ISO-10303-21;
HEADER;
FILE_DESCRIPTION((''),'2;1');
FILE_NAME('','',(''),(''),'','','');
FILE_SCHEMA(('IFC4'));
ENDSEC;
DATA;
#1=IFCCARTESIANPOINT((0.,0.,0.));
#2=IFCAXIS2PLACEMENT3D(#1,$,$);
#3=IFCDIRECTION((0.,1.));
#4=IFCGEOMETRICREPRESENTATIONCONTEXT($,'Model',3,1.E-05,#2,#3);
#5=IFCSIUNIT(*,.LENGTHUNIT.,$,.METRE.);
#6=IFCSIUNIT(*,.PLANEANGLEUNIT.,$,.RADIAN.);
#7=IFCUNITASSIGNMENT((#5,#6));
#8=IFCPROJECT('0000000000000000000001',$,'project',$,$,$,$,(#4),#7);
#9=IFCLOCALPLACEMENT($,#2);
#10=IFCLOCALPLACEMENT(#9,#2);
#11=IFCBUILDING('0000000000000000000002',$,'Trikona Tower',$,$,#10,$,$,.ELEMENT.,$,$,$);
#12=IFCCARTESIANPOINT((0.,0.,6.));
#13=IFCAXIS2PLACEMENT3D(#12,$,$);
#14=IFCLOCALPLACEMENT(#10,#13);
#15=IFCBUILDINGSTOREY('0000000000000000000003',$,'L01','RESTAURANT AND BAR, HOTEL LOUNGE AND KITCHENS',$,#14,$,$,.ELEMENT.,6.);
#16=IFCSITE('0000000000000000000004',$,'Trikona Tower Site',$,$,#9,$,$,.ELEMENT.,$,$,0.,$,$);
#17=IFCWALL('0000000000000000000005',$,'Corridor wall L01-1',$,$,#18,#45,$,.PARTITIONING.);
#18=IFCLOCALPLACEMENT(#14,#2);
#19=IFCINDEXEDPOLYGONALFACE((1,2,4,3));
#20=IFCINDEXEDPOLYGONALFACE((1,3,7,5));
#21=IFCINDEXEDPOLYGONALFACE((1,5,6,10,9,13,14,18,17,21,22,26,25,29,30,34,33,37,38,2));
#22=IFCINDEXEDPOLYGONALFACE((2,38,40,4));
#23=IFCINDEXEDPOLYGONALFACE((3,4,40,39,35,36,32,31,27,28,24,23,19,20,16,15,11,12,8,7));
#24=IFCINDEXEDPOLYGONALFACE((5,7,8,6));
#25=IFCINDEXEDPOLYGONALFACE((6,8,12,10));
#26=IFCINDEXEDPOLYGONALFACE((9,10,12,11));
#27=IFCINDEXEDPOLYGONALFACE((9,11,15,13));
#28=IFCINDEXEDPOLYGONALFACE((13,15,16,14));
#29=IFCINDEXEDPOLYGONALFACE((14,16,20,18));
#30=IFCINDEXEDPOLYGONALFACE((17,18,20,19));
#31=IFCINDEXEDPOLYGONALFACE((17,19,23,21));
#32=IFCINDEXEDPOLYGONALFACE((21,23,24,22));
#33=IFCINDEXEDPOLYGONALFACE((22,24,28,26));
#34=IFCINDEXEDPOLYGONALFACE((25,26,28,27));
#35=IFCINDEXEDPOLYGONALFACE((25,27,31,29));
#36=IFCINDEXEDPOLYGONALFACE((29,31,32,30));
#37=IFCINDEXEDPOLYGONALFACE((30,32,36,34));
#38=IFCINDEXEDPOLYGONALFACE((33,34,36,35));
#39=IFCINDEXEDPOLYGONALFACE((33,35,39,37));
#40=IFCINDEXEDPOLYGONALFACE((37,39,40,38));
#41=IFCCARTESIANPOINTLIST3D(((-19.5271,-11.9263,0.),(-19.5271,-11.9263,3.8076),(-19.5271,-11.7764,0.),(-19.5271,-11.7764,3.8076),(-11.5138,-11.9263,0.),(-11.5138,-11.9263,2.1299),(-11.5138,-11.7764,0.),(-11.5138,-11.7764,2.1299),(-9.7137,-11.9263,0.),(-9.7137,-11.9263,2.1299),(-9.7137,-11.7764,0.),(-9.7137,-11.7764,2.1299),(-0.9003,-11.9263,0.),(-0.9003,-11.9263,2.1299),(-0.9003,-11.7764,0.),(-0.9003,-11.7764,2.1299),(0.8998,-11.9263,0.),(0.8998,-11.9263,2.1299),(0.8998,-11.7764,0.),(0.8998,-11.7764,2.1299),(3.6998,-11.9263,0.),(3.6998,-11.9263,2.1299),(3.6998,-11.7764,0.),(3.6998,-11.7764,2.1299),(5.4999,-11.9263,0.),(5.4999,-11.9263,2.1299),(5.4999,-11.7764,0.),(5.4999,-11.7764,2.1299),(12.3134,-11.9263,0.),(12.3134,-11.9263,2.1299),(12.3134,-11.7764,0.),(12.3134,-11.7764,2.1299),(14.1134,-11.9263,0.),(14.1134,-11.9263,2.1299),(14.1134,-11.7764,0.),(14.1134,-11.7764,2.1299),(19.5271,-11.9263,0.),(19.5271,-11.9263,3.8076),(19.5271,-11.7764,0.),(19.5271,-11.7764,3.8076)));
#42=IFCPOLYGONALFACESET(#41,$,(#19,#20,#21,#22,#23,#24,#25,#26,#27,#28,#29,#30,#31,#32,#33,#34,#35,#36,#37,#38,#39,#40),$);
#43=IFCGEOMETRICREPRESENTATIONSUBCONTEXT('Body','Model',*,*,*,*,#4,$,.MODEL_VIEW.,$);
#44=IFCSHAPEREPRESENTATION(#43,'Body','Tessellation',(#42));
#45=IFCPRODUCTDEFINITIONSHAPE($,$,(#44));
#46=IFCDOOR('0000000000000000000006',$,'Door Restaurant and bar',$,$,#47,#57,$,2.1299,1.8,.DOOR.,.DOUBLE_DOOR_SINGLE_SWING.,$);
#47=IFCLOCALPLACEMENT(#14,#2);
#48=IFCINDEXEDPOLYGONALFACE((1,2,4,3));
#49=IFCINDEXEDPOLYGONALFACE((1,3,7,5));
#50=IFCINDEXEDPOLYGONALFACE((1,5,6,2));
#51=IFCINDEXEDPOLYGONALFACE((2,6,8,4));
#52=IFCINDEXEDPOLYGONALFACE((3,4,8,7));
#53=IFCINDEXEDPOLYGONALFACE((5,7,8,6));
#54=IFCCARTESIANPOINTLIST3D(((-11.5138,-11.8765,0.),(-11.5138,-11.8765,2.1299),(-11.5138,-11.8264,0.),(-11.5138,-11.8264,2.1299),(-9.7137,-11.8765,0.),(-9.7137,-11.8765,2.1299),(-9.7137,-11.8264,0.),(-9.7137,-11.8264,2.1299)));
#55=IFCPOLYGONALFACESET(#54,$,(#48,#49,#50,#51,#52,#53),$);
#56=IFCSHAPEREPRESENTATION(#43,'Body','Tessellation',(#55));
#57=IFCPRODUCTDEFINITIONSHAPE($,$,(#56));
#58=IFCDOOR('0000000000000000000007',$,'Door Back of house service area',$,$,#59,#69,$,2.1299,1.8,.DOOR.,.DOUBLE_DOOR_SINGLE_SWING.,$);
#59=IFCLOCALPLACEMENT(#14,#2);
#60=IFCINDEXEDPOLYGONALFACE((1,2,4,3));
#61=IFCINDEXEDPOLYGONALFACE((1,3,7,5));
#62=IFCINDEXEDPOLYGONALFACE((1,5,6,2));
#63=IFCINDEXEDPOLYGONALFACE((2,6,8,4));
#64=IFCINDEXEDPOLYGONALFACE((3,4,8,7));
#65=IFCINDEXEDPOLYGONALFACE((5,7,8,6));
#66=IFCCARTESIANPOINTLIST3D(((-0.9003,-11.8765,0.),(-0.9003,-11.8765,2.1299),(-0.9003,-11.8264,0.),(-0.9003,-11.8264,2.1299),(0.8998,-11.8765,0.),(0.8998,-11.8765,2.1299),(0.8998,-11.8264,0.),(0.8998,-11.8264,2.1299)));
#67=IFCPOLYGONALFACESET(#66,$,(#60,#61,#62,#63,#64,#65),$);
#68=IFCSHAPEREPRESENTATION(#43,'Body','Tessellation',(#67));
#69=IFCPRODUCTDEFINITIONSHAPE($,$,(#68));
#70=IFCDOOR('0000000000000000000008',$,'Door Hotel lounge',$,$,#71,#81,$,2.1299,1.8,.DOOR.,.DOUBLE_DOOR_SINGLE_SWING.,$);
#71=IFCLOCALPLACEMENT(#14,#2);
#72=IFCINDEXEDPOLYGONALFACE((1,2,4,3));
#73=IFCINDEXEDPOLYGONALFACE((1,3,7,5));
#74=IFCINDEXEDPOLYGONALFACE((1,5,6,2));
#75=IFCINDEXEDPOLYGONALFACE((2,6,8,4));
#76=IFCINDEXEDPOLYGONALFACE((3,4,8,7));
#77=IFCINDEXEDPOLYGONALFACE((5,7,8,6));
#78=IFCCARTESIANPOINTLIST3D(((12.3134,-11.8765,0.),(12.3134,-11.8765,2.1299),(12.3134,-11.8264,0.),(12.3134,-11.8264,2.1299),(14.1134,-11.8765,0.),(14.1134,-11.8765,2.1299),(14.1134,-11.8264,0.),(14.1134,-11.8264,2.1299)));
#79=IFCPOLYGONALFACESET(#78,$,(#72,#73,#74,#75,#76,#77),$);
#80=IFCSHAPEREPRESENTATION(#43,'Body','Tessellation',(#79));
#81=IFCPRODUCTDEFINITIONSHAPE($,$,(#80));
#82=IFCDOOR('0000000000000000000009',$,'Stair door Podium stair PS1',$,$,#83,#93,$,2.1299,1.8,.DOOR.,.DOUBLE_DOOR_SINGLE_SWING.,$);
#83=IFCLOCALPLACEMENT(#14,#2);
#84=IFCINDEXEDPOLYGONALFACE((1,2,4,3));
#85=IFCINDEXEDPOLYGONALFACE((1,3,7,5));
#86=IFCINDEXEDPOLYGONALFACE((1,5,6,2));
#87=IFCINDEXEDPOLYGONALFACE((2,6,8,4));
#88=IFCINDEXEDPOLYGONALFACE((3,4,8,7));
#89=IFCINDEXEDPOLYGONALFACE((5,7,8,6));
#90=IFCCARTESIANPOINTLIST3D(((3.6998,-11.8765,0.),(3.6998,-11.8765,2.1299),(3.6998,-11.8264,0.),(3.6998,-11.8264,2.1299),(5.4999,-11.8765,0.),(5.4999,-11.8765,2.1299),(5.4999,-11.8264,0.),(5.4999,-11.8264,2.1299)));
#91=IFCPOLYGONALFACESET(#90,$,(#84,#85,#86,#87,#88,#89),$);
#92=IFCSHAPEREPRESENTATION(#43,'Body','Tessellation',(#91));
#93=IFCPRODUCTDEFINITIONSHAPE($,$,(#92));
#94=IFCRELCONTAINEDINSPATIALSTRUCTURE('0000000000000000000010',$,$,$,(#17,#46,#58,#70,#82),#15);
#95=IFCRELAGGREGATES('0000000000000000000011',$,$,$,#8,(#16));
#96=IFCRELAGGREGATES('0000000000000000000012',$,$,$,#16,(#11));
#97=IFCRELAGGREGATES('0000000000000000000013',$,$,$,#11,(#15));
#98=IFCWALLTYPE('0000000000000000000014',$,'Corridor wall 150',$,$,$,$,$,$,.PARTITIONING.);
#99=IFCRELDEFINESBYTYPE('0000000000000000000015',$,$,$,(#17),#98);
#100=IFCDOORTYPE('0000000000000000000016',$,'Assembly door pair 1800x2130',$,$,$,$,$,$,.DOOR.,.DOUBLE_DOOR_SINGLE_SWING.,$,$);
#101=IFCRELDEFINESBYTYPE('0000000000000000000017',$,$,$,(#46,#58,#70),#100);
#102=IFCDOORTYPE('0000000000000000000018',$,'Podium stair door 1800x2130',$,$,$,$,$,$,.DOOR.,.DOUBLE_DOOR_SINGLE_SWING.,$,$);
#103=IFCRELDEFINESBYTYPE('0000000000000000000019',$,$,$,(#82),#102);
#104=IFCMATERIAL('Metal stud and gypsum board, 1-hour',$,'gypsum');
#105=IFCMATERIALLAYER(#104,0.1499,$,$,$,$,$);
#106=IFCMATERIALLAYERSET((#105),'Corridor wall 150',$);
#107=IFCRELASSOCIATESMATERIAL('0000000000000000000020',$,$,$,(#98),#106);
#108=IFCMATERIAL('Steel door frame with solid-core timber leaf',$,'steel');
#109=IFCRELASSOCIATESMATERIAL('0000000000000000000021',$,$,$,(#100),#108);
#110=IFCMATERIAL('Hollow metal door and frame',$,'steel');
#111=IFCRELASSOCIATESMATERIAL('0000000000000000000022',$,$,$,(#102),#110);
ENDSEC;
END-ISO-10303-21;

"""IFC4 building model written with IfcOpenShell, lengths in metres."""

from ifc_helpers import new_model, si_unit, direction, frame, frame_2d, origin, place, context, subcontext, project, spatial, rectangle, extrude, material, layer, layer_set, type_object, element, fill, save


model = new_model("IFC4")

# Units and contexts
model_context = context("Model", 3, precision=1e-05, world=origin(), true_north=direction((0.0, 1.0)))
body_context = subcontext(model_context, "Body", "Model", "MODEL_VIEW")
ifc_project = project(units=[si_unit("LENGTHUNIT", "METRE"), si_unit("PLANEANGLEUNIT", "RADIAN")], contexts=[model_context])

# Site, building, storey
site_placement = place(None, origin())
site = spatial("IfcSite", under=ifc_project, at=site_placement, Name="Trikona Tower Site", CompositionType="ELEMENT", RefElevation=0.0)
building_placement = place(site_placement, origin())
building = spatial("IfcBuilding", under=site, at=building_placement, Name="Trikona Tower", CompositionType="ELEMENT")
storey_placement = place(building_placement, frame((0.0, 0.0, 6.0)))
storey = spatial("IfcBuildingStorey", under=building, at=storey_placement, Name="L01", Description="RESTAURANT AND BAR, HOTEL LOUNGE AND KITCHENS", CompositionType="ELEMENT", Elevation=6.0)

# Wall, openings, doors
ifc_material_1 = material(Name="Metal stud and gypsum board, 1-hour", Category="gypsum")
ifc_layer_1 = layer(ifc_material_1, 0.1499)
ifc_layer_set_1 = layer_set([ifc_layer_1], Name="Corridor wall 150")
wall_type_1 = type_object("IfcWallType", Name="Corridor wall 150", PredefinedType="PARTITIONING", material=ifc_layer_set_1)
wall_1_placement = place(storey_placement, frame((-19.5271, -11.8513, 0.0), z_axis=(0.0, 0.0, 1.0), x_axis=(1.0, 0.0, 0.0)))
wall_1 = element("IfcWall", 1, at=wall_1_placement, inside=storey, type_object=wall_type_1, Name="Corridor wall L01-1", PredefinedType="PARTITIONING", context=body_context, shape_type="SweptSolid", body=[
    extrude(rectangle(XDim=39.0542, YDim=0.1499, at=frame_2d((19.5271, 0.0))), origin(), (0.0, 0.0, 1.0), 3.8076),
])
opening_1_placement = place(wall_1_placement, frame((8.0134, 0.0, 0.0)))
opening_1 = element("IfcOpeningElement", 2, at=opening_1_placement, cuts=wall_1, PredefinedType="OPENING", context=body_context, shape_type="SweptSolid", body=[
    extrude(rectangle(XDim=1.8, YDim=2.1299, at=frame_2d((0.8999, 1.0649))), frame((0.0, 0.085, 0.0), z_axis=(0.0, -1.0, 0.0), x_axis=(1.0, 0.0, 0.0)), (0.0, 0.0, 1.0), 0.1699),
])
opening_2_placement = place(wall_1_placement, frame((18.627, 0.0, 0.0)))
opening_2 = element("IfcOpeningElement", 3, at=opening_2_placement, cuts=wall_1, PredefinedType="OPENING", context=body_context, shape_type="SweptSolid", body=[
    extrude(rectangle(XDim=1.8, YDim=2.1299, at=frame_2d((0.8999, 1.0649))), frame((0.0, 0.085, 0.0), z_axis=(0.0, -1.0, 0.0), x_axis=(1.0, 0.0, 0.0)), (0.0, 0.0, 1.0), 0.1699),
])
opening_3_placement = place(wall_1_placement, frame((23.2271, 0.0, 0.0)))
opening_3 = element("IfcOpeningElement", 4, at=opening_3_placement, cuts=wall_1, PredefinedType="OPENING", context=body_context, shape_type="SweptSolid", body=[
    extrude(rectangle(XDim=1.8, YDim=2.1299, at=frame_2d((0.8999, 1.0649))), frame((0.0, 0.085, 0.0), z_axis=(0.0, -1.0, 0.0), x_axis=(1.0, 0.0, 0.0)), (0.0, 0.0, 1.0), 0.1699),
])
opening_4_placement = place(wall_1_placement, frame((31.8406, 0.0, 0.0)))
opening_4 = element("IfcOpeningElement", 5, at=opening_4_placement, cuts=wall_1, PredefinedType="OPENING", context=body_context, shape_type="SweptSolid", body=[
    extrude(rectangle(XDim=1.8, YDim=2.1299, at=frame_2d((0.8999, 1.0649))), frame((0.0, 0.085, 0.0), z_axis=(0.0, -1.0, 0.0), x_axis=(1.0, 0.0, 0.0)), (0.0, 0.0, 1.0), 0.1699),
])
ifc_material_2 = material(Name="Steel door frame with solid-core timber leaf", Category="steel")
door_type_1 = type_object("IfcDoorType", Name="Assembly door pair 1800x2130", OperationType="DOUBLE_DOOR_SINGLE_SWING", PredefinedType="DOOR", material=ifc_material_2)
door_1_placement = place(opening_1_placement, origin())
door_1 = element("IfcDoor", 6, at=door_1_placement, inside=storey, type_object=door_type_1, Name="Door Restaurant and bar", OperationType="DOUBLE_DOOR_SINGLE_SWING", OverallHeight=2.1299, OverallWidth=1.8, PredefinedType="DOOR", context=body_context, shape_type="SweptSolid", body=[
    extrude(rectangle(XDim=1.8, YDim=2.1299, at=frame_2d((0.8999, 1.0649))), frame((0.0, 0.0249, 0.0), z_axis=(0.0, -1.0, 0.0), x_axis=(1.0, 0.0, 0.0)), (0.0, 0.0, 1.0), 0.05),
])
fill(opening_1, door_1)
door_2_placement = place(opening_2_placement, origin())
door_2 = element("IfcDoor", 7, at=door_2_placement, inside=storey, type_object=door_type_1, Name="Door Back of house service area", OperationType="DOUBLE_DOOR_SINGLE_SWING", OverallHeight=2.1299, OverallWidth=1.8, PredefinedType="DOOR", context=body_context, shape_type="SweptSolid", body=[
    extrude(rectangle(XDim=1.8, YDim=2.1299, at=frame_2d((0.8999, 1.0649))), frame((0.0, 0.0249, 0.0), z_axis=(0.0, -1.0, 0.0), x_axis=(1.0, 0.0, 0.0)), (0.0, 0.0, 1.0), 0.05),
])
fill(opening_2, door_2)
door_3_placement = place(opening_4_placement, origin())
door_3 = element("IfcDoor", 8, at=door_3_placement, inside=storey, type_object=door_type_1, Name="Door Hotel lounge", OperationType="DOUBLE_DOOR_SINGLE_SWING", OverallHeight=2.1299, OverallWidth=1.8, PredefinedType="DOOR", context=body_context, shape_type="SweptSolid", body=[
    extrude(rectangle(XDim=1.8, YDim=2.1299, at=frame_2d((0.8999, 1.0649))), frame((0.0, 0.0249, 0.0), z_axis=(0.0, -1.0, 0.0), x_axis=(1.0, 0.0, 0.0)), (0.0, 0.0, 1.0), 0.05),
])
fill(opening_4, door_3)
ifc_material_3 = material(Name="Hollow metal door and frame", Category="steel")
door_type_2 = type_object("IfcDoorType", Name="Podium stair door 1800x2130", OperationType="DOUBLE_DOOR_SINGLE_SWING", PredefinedType="DOOR", material=ifc_material_3)
door_4_placement = place(opening_3_placement, origin())
door_4 = element("IfcDoor", 9, at=door_4_placement, inside=storey, type_object=door_type_2, Name="Stair door Podium stair PS1", OperationType="DOUBLE_DOOR_SINGLE_SWING", OverallHeight=2.1299, OverallWidth=1.8, PredefinedType="DOOR", context=body_context, shape_type="SweptSolid", body=[
    extrude(rectangle(XDim=1.8, YDim=2.1299, at=frame_2d((0.8999, 1.0649))), frame((0.0, 0.0249, 0.0), z_axis=(0.0, -1.0, 0.0), x_axis=(1.0, 0.0, 0.0)), (0.0, 0.0, 1.0), 0.05),
])
fill(opening_3, door_4)

save(model, "model.ifc")
